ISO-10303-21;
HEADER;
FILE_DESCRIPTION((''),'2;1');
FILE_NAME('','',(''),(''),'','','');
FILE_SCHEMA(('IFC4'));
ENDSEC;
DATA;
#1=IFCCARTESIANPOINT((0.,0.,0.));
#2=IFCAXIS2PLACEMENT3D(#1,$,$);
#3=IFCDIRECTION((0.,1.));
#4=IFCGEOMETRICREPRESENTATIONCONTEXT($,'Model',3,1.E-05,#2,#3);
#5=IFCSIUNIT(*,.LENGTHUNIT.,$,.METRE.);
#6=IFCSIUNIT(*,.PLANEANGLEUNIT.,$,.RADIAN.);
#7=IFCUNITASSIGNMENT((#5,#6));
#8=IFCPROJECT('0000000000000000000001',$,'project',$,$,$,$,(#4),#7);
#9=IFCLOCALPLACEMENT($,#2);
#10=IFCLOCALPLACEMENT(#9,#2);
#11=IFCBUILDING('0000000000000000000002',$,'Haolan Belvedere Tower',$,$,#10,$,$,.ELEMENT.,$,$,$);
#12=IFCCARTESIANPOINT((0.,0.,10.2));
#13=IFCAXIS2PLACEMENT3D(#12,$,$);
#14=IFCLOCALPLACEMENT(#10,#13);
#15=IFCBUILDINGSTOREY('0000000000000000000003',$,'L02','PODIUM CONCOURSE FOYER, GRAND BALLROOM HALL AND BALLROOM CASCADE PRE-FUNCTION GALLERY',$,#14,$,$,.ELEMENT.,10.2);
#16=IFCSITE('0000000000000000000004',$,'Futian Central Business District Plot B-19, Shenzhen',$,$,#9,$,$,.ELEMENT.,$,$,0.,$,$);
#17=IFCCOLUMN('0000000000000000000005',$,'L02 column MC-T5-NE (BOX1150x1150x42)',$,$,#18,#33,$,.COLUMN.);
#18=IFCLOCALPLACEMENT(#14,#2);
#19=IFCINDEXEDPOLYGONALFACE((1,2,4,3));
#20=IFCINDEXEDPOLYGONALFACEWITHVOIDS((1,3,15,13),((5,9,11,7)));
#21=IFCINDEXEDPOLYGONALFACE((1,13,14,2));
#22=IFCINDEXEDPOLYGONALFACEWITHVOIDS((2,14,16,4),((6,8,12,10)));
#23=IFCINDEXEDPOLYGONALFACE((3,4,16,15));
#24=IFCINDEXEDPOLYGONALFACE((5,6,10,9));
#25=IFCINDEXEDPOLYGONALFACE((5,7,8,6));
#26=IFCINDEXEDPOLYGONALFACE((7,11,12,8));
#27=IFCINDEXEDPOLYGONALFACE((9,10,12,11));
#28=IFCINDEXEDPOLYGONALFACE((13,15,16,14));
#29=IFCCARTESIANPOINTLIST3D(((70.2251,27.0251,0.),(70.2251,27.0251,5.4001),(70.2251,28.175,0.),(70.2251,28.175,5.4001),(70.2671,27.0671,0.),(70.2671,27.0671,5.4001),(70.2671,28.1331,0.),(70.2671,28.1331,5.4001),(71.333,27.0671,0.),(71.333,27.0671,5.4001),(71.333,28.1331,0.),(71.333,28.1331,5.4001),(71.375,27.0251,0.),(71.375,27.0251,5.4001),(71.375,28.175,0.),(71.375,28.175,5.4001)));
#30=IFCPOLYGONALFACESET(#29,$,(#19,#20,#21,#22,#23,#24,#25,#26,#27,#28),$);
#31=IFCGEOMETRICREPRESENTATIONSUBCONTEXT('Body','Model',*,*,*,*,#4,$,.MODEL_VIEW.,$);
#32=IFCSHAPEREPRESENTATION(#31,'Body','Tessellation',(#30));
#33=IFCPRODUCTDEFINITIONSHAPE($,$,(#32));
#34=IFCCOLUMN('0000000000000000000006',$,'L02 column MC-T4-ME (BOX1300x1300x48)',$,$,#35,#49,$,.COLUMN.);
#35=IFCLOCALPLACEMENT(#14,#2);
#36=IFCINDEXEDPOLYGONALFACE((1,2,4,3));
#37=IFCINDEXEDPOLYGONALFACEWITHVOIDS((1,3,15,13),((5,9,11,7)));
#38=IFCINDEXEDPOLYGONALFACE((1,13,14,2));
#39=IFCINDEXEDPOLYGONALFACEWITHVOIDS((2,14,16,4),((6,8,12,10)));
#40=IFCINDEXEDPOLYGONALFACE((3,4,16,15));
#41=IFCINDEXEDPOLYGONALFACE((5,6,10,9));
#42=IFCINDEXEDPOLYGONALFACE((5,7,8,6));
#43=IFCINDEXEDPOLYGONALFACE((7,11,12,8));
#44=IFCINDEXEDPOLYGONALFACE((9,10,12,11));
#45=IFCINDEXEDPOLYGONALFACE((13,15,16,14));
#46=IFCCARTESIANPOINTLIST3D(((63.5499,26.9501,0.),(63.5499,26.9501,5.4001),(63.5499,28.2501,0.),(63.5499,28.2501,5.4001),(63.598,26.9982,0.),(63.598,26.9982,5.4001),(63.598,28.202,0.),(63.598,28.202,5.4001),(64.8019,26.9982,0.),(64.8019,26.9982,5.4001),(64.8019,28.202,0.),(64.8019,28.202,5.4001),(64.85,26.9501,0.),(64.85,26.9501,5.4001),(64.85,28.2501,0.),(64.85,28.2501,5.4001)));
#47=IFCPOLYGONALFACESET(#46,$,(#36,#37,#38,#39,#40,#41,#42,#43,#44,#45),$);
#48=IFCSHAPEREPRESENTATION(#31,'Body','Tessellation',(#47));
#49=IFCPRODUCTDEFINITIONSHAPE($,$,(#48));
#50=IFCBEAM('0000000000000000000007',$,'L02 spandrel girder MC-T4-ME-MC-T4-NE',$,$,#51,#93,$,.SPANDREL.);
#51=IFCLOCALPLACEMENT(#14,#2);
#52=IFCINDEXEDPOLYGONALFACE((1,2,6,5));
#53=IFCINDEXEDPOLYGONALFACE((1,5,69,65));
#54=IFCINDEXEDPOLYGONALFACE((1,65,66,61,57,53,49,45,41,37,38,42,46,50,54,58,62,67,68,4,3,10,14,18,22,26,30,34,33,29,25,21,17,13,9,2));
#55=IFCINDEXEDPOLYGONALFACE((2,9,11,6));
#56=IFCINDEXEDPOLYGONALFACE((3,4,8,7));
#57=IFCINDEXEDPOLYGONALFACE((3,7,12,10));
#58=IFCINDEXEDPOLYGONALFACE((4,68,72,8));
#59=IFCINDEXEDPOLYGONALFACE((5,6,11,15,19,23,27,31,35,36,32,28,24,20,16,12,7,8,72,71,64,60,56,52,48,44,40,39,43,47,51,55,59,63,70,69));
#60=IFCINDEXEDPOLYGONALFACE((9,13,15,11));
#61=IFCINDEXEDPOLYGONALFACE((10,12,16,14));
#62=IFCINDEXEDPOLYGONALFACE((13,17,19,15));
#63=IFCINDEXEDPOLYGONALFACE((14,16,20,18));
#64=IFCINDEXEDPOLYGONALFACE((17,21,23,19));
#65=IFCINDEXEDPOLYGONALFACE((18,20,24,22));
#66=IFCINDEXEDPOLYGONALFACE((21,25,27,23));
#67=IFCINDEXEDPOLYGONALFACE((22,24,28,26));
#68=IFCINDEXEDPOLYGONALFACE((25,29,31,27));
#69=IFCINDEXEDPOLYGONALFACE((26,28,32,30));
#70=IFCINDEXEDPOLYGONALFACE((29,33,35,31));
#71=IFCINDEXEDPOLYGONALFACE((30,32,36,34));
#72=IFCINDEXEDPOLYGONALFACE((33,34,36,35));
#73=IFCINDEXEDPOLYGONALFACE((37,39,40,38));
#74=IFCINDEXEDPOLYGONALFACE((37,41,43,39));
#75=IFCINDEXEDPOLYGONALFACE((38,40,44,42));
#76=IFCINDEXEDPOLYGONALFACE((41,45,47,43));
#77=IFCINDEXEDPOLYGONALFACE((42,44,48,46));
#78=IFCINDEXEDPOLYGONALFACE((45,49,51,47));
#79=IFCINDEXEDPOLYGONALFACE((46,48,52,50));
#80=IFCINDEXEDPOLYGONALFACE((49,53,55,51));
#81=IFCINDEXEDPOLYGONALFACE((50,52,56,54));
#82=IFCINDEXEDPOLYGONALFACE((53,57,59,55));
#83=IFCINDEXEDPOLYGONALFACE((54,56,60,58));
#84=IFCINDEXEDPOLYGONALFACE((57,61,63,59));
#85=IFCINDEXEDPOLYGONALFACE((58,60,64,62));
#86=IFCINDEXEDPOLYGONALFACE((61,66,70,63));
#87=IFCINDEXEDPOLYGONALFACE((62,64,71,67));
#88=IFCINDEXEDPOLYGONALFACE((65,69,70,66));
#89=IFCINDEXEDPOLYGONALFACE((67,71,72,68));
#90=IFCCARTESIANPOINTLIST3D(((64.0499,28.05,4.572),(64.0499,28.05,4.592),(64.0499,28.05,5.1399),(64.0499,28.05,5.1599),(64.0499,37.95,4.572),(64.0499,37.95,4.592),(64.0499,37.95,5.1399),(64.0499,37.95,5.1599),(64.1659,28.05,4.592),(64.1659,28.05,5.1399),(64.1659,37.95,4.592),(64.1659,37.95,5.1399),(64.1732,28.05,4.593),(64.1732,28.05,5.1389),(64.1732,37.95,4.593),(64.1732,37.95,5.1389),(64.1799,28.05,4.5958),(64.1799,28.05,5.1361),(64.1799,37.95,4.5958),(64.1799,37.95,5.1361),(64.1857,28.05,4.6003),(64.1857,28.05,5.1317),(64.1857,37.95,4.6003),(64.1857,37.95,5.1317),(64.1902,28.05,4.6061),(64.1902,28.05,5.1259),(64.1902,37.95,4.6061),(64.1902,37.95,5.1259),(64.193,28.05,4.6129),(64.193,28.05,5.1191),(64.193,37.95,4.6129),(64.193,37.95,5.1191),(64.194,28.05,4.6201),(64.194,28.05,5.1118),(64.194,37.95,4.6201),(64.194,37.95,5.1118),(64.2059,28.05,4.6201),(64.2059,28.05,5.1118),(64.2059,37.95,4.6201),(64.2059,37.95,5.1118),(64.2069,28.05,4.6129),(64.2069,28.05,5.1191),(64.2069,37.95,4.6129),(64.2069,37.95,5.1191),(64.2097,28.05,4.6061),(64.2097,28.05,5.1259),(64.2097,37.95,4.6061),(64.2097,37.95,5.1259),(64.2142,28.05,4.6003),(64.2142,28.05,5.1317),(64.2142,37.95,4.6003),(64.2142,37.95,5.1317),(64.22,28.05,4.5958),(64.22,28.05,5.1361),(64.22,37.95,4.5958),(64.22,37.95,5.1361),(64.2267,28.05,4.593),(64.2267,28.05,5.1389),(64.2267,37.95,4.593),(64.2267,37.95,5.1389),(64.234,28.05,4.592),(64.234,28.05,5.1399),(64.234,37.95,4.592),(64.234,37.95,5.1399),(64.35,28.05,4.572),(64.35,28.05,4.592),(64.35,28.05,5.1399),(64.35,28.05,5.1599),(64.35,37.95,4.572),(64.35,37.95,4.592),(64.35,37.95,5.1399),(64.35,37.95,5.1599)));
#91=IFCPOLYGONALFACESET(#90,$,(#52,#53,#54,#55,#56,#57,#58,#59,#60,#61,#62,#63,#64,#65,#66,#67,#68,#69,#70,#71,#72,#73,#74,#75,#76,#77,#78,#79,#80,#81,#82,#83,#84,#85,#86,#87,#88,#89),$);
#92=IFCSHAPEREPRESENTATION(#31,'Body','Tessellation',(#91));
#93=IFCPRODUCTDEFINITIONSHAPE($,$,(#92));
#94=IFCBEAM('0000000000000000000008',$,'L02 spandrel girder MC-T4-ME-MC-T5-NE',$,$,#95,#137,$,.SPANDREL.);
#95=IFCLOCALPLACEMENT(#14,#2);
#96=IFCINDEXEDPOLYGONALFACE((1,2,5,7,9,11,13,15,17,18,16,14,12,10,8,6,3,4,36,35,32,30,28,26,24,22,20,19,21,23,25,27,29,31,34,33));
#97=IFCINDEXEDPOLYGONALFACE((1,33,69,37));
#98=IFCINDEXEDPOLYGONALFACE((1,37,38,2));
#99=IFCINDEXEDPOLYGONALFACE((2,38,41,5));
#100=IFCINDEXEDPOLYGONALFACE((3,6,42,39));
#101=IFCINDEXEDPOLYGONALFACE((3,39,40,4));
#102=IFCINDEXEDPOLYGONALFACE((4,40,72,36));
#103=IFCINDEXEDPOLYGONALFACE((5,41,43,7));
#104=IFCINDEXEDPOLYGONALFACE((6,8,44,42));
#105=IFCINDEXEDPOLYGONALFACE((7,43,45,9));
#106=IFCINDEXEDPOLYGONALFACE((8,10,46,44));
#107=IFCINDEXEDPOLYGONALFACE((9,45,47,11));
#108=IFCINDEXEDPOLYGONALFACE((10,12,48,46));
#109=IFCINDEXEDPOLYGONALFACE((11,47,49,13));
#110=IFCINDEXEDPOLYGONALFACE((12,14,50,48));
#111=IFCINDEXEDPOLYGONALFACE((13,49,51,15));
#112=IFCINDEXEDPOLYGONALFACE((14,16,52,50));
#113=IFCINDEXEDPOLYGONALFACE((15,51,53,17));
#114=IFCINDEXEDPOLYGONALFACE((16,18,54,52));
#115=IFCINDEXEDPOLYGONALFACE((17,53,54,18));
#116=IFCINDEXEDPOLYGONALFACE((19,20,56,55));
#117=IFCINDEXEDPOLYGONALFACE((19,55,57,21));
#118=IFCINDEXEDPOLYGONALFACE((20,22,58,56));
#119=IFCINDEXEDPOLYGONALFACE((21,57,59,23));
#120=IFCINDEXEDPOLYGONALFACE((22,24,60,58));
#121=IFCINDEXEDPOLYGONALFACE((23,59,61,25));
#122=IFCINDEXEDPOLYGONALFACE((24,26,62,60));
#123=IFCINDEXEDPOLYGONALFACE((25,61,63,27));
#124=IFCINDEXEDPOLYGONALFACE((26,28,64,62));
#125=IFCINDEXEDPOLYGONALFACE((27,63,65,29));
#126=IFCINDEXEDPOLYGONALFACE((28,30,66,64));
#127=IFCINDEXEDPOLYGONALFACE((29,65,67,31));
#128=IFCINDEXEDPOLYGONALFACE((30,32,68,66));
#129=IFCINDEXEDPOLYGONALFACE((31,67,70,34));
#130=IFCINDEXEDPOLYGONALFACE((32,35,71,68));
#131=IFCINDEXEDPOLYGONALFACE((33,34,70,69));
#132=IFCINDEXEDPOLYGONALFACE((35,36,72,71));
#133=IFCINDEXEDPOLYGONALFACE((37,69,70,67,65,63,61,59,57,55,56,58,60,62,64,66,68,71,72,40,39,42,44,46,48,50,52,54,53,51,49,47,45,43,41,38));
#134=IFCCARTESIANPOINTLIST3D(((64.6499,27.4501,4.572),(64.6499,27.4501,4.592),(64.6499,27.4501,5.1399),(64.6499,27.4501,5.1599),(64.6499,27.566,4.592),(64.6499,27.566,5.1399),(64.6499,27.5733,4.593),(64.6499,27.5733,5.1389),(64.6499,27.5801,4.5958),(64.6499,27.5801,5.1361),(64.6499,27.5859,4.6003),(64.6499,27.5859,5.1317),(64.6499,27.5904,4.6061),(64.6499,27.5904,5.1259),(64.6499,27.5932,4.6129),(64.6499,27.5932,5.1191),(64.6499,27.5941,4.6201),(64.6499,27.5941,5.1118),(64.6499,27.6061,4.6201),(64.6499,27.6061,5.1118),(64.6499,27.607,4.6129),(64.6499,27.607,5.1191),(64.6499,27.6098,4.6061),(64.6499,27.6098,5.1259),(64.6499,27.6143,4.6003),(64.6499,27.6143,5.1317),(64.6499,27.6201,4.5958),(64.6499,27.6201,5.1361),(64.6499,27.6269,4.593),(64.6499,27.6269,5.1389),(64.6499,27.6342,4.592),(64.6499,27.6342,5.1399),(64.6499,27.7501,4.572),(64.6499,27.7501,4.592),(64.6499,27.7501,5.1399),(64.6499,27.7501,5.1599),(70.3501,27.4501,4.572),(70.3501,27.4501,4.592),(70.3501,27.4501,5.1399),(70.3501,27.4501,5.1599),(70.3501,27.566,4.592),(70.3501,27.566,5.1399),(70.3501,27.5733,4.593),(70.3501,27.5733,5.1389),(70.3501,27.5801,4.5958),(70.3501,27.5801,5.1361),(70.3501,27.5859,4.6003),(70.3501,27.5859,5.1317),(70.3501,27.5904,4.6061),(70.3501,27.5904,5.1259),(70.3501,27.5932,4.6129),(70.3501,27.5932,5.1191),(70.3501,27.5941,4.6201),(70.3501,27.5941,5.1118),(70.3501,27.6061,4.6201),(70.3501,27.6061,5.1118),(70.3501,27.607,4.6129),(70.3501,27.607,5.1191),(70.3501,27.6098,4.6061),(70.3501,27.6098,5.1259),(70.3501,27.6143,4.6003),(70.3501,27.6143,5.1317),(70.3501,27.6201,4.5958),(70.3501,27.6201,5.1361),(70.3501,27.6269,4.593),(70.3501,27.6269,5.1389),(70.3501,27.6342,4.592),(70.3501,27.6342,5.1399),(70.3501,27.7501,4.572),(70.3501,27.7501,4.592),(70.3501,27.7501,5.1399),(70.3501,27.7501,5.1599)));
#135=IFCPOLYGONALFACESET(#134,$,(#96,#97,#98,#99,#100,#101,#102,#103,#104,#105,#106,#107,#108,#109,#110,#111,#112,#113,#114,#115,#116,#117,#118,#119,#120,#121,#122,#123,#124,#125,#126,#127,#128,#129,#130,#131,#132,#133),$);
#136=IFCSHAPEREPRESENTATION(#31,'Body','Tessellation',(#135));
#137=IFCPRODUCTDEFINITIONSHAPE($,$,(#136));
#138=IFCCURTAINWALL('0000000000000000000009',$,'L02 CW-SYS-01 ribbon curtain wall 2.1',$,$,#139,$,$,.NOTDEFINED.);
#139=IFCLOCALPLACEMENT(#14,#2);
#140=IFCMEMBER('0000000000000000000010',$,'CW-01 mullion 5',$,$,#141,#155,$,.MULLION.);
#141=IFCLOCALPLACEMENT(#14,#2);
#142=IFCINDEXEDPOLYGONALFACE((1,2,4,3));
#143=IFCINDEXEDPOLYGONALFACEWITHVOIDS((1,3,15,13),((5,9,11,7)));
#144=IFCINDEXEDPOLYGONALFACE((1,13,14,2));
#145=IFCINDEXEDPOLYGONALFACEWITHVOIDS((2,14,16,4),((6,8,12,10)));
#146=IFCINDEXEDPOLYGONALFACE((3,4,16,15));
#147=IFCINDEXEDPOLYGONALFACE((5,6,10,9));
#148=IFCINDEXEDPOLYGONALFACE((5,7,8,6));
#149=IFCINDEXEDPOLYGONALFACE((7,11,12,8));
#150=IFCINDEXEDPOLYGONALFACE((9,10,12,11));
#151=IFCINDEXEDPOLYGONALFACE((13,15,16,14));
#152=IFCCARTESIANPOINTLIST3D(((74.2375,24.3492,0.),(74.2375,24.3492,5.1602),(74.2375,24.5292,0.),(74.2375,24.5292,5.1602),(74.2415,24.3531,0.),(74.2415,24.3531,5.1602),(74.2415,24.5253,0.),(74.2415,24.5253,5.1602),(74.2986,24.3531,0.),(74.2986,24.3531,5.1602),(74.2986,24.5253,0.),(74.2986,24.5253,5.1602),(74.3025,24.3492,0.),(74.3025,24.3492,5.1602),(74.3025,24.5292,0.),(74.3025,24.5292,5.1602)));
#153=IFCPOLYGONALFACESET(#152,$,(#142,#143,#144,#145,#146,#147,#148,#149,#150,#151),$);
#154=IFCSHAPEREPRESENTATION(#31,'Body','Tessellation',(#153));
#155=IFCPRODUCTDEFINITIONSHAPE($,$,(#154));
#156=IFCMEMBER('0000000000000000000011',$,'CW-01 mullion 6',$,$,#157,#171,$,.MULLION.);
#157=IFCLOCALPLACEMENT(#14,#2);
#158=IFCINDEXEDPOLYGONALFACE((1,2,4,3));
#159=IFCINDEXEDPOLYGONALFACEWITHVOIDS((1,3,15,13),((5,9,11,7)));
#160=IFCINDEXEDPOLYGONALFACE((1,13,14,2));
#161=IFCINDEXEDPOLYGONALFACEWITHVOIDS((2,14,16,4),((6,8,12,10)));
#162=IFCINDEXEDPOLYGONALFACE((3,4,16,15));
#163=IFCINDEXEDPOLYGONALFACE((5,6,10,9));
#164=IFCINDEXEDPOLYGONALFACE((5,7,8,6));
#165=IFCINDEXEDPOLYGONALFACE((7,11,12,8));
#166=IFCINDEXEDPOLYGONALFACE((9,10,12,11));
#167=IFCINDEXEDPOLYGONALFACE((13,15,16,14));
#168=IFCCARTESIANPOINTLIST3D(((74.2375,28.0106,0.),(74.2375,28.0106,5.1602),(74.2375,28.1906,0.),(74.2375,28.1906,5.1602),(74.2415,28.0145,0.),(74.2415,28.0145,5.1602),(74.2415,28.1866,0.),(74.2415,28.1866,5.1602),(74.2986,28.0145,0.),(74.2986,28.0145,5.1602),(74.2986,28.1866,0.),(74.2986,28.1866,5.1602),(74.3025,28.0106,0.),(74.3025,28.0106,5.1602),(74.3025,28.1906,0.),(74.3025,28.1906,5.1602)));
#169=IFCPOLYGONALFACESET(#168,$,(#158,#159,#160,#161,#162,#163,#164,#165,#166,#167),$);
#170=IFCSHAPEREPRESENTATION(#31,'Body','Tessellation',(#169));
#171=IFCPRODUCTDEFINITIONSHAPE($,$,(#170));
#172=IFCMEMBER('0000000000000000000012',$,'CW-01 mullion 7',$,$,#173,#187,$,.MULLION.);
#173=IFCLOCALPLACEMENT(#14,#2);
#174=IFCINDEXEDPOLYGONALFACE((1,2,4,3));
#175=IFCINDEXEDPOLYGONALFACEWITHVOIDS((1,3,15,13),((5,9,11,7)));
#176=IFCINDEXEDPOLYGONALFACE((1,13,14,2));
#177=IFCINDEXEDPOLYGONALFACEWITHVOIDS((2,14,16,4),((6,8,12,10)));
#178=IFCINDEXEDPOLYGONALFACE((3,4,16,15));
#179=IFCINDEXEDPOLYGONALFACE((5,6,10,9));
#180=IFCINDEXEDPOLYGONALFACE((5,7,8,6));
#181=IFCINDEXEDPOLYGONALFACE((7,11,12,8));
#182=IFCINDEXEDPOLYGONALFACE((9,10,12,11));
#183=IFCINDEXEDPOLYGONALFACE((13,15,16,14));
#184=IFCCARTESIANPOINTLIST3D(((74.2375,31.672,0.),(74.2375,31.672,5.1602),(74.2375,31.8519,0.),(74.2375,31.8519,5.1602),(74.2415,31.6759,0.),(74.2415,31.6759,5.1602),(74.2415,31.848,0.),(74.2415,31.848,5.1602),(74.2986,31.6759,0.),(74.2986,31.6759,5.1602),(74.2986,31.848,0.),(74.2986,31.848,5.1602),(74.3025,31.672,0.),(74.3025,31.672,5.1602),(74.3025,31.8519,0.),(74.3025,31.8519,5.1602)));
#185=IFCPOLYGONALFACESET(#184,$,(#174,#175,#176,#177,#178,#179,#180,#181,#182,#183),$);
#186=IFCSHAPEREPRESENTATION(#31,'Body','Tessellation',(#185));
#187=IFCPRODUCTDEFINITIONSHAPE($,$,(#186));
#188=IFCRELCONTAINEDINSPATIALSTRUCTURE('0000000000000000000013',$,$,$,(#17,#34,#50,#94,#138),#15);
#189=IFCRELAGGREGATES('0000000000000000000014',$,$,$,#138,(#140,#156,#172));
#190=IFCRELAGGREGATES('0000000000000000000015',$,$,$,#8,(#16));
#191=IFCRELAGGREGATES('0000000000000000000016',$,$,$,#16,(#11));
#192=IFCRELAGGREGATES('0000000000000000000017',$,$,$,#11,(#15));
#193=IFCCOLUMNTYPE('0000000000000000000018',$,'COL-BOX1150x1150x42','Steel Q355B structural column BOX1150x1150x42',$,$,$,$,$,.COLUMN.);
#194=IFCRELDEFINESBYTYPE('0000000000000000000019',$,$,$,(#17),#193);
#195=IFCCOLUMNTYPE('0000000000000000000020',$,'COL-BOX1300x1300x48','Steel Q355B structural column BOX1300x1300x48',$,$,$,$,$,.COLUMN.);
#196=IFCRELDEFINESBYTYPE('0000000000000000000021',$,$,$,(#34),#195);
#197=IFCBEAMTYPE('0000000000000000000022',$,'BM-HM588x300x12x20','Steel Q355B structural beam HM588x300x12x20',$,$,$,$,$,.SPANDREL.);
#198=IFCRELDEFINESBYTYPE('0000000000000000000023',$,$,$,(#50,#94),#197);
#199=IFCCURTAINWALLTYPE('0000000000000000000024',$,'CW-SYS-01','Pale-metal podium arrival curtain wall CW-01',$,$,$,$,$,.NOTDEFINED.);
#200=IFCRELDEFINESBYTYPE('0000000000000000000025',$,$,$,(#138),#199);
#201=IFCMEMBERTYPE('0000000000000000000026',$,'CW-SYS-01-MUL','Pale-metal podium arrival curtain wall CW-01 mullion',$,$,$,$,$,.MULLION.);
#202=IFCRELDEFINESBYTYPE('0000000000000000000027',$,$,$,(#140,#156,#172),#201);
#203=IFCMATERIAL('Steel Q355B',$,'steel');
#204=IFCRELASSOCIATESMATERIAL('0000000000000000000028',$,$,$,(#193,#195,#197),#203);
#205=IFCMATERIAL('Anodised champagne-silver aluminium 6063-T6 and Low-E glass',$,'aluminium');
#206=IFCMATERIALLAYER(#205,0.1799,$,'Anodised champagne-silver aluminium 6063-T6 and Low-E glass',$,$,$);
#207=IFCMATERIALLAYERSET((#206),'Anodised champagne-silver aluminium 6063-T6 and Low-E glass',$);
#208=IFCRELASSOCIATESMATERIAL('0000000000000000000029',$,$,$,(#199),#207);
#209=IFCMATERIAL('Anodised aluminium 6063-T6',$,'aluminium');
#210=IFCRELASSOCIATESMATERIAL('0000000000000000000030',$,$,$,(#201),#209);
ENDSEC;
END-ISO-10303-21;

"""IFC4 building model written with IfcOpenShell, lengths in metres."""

from ifc_helpers import new_model, si_unit, direction, frame, origin, origin_2d, place, context, subcontext, project, spatial, hollow_rectangle, i_section, extrude, material, layer, layer_set, material_profile, profile_set, type_object, element, aggregate, save


model = new_model("IFC4")

# Units and contexts
model_context = context("Model", 3, precision=1e-05, world=origin(), true_north=direction((0.0, 1.0)))
body_context = subcontext(model_context, "Body", "Model", "MODEL_VIEW")
ifc_project = project(units=[si_unit("LENGTHUNIT", "METRE"), si_unit("PLANEANGLEUNIT", "RADIAN")], contexts=[model_context])

# Site, building, storey
site_placement = place(None, origin())
site = spatial("IfcSite", under=ifc_project, at=site_placement, Name="Futian Central Business District Plot B-19, Shenzhen", CompositionType="ELEMENT", RefElevation=0.0)
building_placement = place(site_placement, origin())
building = spatial("IfcBuilding", under=site, at=building_placement, Name="Haolan Belvedere Tower", CompositionType="ELEMENT")
storey_placement = place(building_placement, frame((0.0, 0.0, 10.2)))
storey = spatial("IfcBuildingStorey", under=building, at=storey_placement, Name="L02", Description="PODIUM CONCOURSE FOYER, GRAND BALLROOM HALL AND BALLROOM CASCADE PRE-FUNCTION GALLERY", CompositionType="ELEMENT", Elevation=10.2)

# Columns
ifc_material_1 = material(Name="Steel Q355B", Category="steel")
ifc_material_profile_1 = material_profile(ifc_material_1, hollow_rectangle(XDim=1.1499, YDim=1.1499, WallThickness=0.042, at=origin_2d()), Name="Steel Q355B")
ifc_profile_set_1 = profile_set([ifc_material_profile_1], Name="Steel Q355B")
column_type_1 = type_object("IfcColumnType", Name="COL-BOX1150x1150x42", Description="Steel Q355B structural column BOX1150x1150x42", PredefinedType="COLUMN", material=ifc_profile_set_1)
column_1_placement = place(storey_placement, frame((70.8, 27.6001, 0.0), z_axis=(0.0, 0.0, 1.0), x_axis=(1.0, 0.0, 0.0)))
element("IfcColumn", 1, at=column_1_placement, inside=storey, type_object=column_type_1, Name="L02 column MC-T5-NE (BOX1150x1150x42)", PredefinedType="COLUMN", context=body_context, shape_type="SweptSolid", body=[
    extrude(hollow_rectangle(XDim=1.1499, YDim=1.1499, WallThickness=0.042, at=origin_2d()), origin(), (0.0, 0.0, 1.0), 5.4001),
])
ifc_material_profile_2 = material_profile(ifc_material_1, hollow_rectangle(XDim=1.3, YDim=1.3, WallThickness=0.0481, at=origin_2d()), Name="Steel Q355B")
ifc_profile_set_2 = profile_set([ifc_material_profile_2], Name="Steel Q355B")
column_type_2 = type_object("IfcColumnType", Name="COL-BOX1300x1300x48", Description="Steel Q355B structural column BOX1300x1300x48", PredefinedType="COLUMN", material=ifc_profile_set_2)
column_2_placement = place(storey_placement, frame((64.2, 27.6001, 0.0), z_axis=(0.0, 0.0, 1.0), x_axis=(1.0, 0.0, 0.0)))
element("IfcColumn", 2, at=column_2_placement, inside=storey, type_object=column_type_2, Name="L02 column MC-T4-ME (BOX1300x1300x48)", PredefinedType="COLUMN", context=body_context, shape_type="SweptSolid", body=[
    extrude(hollow_rectangle(XDim=1.3, YDim=1.3, WallThickness=0.0481, at=origin_2d()), origin(), (0.0, 0.0, 1.0), 5.4001),
])

# Beams
ifc_material_profile_3 = material_profile(ifc_material_1, i_section(OverallWidth=0.3, OverallDepth=0.5879, WebThickness=0.012, FlangeThickness=0.02, FilletRadius=0.0281, at=origin_2d()), Name="Steel Q355B")
ifc_profile_set_3 = profile_set([ifc_material_profile_3], Name="Steel Q355B")
beam_type = type_object("IfcBeamType", Name="BM-HM588x300x12x20", Description="Steel Q355B structural beam HM588x300x12x20", PredefinedType="SPANDREL", material=ifc_profile_set_3)
beam_1_placement = place(storey_placement, frame((64.2, 28.05, 4.866), z_axis=(0.0, 1.0, 0.0), x_axis=(-1.0, 0.0, 0.0)))
element("IfcBeam", 3, at=beam_1_placement, inside=storey, type_object=beam_type, Name="L02 spandrel girder MC-T4-ME-MC-T4-NE", PredefinedType="SPANDREL", context=body_context, shape_type="SweptSolid", body=[
    extrude(i_section(OverallWidth=0.3, OverallDepth=0.5879, WebThickness=0.012, FlangeThickness=0.02, FilletRadius=0.0281, at=origin_2d()), origin(), (0.0, 0.0, 1.0), 9.8999),
])
beam_2_placement = place(storey_placement, frame((64.6499, 27.6001, 4.866), z_axis=(1.0, 0.0, 0.0), x_axis=(0.0, 1.0, 0.0)))
element("IfcBeam", 4, at=beam_2_placement, inside=storey, type_object=beam_type, Name="L02 spandrel girder MC-T4-ME-MC-T5-NE", PredefinedType="SPANDREL", context=body_context, shape_type="SweptSolid", body=[
    extrude(i_section(OverallWidth=0.3, OverallDepth=0.5879, WebThickness=0.012, FlangeThickness=0.02, FilletRadius=0.0281, at=origin_2d()), origin(), (0.0, 0.0, 1.0), 5.7002),
])

# Curtain wall, members
ifc_material_2 = material(Name="Anodised champagne-silver aluminium 6063-T6 and Low-E glass", Category="aluminium")
ifc_layer_1 = layer(ifc_material_2, 0.1799, Name="Anodised champagne-silver aluminium 6063-T6 and Low-E glass")
ifc_layer_set_1 = layer_set([ifc_layer_1], Name="Anodised champagne-silver aluminium 6063-T6 and Low-E glass")
curtain_wall_type = type_object("IfcCurtainWallType", Name="CW-SYS-01", Description="Pale-metal podium arrival curtain wall CW-01", PredefinedType="NOTDEFINED", material=ifc_layer_set_1)
curtain_wall_placement = place(storey_placement, origin())
curtain_wall = element("IfcCurtainWall", 5, at=curtain_wall_placement, inside=storey, type_object=curtain_wall_type, Name="L02 CW-SYS-01 ribbon curtain wall 2.1", PredefinedType="NOTDEFINED")
ifc_material_3 = material(Name="Anodised aluminium 6063-T6", Category="aluminium")
ifc_material_profile_4 = material_profile(ifc_material_3, hollow_rectangle(XDim=0.0649, YDim=0.1799, WallThickness=0.0039, at=origin_2d()), Name="Anodised aluminium 6063-T6")
ifc_profile_set_4 = profile_set([ifc_material_profile_4], Name="Anodised aluminium 6063-T6")
member_type_1 = type_object("IfcMemberType", Name="CW-SYS-01-MUL", Description="Pale-metal podium arrival curtain wall CW-01 mullion", PredefinedType="MULLION", material=ifc_profile_set_4)
member_1_placement = place(storey_placement, frame((74.27, 24.4392, 0.0), z_axis=(0.0, 0.0, 1.0), x_axis=(-1.0, 0.0, 0.0)))
member_1 = element("IfcMember", 6, at=member_1_placement, type_object=member_type_1, Name="CW-01 mullion 5", PredefinedType="MULLION", context=body_context, shape_type="SweptSolid", body=[
    extrude(hollow_rectangle(XDim=0.0649, YDim=0.1799, WallThickness=0.0039, at=origin_2d()), origin(), (0.0, 0.0, 1.0), 5.1602),
])
member_2_placement = place(storey_placement, frame((74.27, 28.1006, 0.0), z_axis=(0.0, 0.0, 1.0), x_axis=(-1.0, 0.0, 0.0)))
member_2 = element("IfcMember", 7, at=member_2_placement, type_object=member_type_1, Name="CW-01 mullion 6", PredefinedType="MULLION", context=body_context, shape_type="SweptSolid", body=[
    extrude(hollow_rectangle(XDim=0.0649, YDim=0.1799, WallThickness=0.0039, at=origin_2d()), origin(), (0.0, 0.0, 1.0), 5.1602),
])
member_3_placement = place(storey_placement, frame((74.27, 31.762, 0.0), z_axis=(0.0, 0.0, 1.0), x_axis=(-1.0, 0.0, 0.0)))
member_3 = element("IfcMember", 8, at=member_3_placement, type_object=member_type_1, Name="CW-01 mullion 7", PredefinedType="MULLION", context=body_context, shape_type="SweptSolid", body=[
    extrude(hollow_rectangle(XDim=0.0649, YDim=0.1799, WallThickness=0.0039, at=origin_2d()), origin(), (0.0, 0.0, 1.0), 5.1602),
])
aggregate(curtain_wall, [member_1, member_2, member_3])

save(model, "model.ifc")
